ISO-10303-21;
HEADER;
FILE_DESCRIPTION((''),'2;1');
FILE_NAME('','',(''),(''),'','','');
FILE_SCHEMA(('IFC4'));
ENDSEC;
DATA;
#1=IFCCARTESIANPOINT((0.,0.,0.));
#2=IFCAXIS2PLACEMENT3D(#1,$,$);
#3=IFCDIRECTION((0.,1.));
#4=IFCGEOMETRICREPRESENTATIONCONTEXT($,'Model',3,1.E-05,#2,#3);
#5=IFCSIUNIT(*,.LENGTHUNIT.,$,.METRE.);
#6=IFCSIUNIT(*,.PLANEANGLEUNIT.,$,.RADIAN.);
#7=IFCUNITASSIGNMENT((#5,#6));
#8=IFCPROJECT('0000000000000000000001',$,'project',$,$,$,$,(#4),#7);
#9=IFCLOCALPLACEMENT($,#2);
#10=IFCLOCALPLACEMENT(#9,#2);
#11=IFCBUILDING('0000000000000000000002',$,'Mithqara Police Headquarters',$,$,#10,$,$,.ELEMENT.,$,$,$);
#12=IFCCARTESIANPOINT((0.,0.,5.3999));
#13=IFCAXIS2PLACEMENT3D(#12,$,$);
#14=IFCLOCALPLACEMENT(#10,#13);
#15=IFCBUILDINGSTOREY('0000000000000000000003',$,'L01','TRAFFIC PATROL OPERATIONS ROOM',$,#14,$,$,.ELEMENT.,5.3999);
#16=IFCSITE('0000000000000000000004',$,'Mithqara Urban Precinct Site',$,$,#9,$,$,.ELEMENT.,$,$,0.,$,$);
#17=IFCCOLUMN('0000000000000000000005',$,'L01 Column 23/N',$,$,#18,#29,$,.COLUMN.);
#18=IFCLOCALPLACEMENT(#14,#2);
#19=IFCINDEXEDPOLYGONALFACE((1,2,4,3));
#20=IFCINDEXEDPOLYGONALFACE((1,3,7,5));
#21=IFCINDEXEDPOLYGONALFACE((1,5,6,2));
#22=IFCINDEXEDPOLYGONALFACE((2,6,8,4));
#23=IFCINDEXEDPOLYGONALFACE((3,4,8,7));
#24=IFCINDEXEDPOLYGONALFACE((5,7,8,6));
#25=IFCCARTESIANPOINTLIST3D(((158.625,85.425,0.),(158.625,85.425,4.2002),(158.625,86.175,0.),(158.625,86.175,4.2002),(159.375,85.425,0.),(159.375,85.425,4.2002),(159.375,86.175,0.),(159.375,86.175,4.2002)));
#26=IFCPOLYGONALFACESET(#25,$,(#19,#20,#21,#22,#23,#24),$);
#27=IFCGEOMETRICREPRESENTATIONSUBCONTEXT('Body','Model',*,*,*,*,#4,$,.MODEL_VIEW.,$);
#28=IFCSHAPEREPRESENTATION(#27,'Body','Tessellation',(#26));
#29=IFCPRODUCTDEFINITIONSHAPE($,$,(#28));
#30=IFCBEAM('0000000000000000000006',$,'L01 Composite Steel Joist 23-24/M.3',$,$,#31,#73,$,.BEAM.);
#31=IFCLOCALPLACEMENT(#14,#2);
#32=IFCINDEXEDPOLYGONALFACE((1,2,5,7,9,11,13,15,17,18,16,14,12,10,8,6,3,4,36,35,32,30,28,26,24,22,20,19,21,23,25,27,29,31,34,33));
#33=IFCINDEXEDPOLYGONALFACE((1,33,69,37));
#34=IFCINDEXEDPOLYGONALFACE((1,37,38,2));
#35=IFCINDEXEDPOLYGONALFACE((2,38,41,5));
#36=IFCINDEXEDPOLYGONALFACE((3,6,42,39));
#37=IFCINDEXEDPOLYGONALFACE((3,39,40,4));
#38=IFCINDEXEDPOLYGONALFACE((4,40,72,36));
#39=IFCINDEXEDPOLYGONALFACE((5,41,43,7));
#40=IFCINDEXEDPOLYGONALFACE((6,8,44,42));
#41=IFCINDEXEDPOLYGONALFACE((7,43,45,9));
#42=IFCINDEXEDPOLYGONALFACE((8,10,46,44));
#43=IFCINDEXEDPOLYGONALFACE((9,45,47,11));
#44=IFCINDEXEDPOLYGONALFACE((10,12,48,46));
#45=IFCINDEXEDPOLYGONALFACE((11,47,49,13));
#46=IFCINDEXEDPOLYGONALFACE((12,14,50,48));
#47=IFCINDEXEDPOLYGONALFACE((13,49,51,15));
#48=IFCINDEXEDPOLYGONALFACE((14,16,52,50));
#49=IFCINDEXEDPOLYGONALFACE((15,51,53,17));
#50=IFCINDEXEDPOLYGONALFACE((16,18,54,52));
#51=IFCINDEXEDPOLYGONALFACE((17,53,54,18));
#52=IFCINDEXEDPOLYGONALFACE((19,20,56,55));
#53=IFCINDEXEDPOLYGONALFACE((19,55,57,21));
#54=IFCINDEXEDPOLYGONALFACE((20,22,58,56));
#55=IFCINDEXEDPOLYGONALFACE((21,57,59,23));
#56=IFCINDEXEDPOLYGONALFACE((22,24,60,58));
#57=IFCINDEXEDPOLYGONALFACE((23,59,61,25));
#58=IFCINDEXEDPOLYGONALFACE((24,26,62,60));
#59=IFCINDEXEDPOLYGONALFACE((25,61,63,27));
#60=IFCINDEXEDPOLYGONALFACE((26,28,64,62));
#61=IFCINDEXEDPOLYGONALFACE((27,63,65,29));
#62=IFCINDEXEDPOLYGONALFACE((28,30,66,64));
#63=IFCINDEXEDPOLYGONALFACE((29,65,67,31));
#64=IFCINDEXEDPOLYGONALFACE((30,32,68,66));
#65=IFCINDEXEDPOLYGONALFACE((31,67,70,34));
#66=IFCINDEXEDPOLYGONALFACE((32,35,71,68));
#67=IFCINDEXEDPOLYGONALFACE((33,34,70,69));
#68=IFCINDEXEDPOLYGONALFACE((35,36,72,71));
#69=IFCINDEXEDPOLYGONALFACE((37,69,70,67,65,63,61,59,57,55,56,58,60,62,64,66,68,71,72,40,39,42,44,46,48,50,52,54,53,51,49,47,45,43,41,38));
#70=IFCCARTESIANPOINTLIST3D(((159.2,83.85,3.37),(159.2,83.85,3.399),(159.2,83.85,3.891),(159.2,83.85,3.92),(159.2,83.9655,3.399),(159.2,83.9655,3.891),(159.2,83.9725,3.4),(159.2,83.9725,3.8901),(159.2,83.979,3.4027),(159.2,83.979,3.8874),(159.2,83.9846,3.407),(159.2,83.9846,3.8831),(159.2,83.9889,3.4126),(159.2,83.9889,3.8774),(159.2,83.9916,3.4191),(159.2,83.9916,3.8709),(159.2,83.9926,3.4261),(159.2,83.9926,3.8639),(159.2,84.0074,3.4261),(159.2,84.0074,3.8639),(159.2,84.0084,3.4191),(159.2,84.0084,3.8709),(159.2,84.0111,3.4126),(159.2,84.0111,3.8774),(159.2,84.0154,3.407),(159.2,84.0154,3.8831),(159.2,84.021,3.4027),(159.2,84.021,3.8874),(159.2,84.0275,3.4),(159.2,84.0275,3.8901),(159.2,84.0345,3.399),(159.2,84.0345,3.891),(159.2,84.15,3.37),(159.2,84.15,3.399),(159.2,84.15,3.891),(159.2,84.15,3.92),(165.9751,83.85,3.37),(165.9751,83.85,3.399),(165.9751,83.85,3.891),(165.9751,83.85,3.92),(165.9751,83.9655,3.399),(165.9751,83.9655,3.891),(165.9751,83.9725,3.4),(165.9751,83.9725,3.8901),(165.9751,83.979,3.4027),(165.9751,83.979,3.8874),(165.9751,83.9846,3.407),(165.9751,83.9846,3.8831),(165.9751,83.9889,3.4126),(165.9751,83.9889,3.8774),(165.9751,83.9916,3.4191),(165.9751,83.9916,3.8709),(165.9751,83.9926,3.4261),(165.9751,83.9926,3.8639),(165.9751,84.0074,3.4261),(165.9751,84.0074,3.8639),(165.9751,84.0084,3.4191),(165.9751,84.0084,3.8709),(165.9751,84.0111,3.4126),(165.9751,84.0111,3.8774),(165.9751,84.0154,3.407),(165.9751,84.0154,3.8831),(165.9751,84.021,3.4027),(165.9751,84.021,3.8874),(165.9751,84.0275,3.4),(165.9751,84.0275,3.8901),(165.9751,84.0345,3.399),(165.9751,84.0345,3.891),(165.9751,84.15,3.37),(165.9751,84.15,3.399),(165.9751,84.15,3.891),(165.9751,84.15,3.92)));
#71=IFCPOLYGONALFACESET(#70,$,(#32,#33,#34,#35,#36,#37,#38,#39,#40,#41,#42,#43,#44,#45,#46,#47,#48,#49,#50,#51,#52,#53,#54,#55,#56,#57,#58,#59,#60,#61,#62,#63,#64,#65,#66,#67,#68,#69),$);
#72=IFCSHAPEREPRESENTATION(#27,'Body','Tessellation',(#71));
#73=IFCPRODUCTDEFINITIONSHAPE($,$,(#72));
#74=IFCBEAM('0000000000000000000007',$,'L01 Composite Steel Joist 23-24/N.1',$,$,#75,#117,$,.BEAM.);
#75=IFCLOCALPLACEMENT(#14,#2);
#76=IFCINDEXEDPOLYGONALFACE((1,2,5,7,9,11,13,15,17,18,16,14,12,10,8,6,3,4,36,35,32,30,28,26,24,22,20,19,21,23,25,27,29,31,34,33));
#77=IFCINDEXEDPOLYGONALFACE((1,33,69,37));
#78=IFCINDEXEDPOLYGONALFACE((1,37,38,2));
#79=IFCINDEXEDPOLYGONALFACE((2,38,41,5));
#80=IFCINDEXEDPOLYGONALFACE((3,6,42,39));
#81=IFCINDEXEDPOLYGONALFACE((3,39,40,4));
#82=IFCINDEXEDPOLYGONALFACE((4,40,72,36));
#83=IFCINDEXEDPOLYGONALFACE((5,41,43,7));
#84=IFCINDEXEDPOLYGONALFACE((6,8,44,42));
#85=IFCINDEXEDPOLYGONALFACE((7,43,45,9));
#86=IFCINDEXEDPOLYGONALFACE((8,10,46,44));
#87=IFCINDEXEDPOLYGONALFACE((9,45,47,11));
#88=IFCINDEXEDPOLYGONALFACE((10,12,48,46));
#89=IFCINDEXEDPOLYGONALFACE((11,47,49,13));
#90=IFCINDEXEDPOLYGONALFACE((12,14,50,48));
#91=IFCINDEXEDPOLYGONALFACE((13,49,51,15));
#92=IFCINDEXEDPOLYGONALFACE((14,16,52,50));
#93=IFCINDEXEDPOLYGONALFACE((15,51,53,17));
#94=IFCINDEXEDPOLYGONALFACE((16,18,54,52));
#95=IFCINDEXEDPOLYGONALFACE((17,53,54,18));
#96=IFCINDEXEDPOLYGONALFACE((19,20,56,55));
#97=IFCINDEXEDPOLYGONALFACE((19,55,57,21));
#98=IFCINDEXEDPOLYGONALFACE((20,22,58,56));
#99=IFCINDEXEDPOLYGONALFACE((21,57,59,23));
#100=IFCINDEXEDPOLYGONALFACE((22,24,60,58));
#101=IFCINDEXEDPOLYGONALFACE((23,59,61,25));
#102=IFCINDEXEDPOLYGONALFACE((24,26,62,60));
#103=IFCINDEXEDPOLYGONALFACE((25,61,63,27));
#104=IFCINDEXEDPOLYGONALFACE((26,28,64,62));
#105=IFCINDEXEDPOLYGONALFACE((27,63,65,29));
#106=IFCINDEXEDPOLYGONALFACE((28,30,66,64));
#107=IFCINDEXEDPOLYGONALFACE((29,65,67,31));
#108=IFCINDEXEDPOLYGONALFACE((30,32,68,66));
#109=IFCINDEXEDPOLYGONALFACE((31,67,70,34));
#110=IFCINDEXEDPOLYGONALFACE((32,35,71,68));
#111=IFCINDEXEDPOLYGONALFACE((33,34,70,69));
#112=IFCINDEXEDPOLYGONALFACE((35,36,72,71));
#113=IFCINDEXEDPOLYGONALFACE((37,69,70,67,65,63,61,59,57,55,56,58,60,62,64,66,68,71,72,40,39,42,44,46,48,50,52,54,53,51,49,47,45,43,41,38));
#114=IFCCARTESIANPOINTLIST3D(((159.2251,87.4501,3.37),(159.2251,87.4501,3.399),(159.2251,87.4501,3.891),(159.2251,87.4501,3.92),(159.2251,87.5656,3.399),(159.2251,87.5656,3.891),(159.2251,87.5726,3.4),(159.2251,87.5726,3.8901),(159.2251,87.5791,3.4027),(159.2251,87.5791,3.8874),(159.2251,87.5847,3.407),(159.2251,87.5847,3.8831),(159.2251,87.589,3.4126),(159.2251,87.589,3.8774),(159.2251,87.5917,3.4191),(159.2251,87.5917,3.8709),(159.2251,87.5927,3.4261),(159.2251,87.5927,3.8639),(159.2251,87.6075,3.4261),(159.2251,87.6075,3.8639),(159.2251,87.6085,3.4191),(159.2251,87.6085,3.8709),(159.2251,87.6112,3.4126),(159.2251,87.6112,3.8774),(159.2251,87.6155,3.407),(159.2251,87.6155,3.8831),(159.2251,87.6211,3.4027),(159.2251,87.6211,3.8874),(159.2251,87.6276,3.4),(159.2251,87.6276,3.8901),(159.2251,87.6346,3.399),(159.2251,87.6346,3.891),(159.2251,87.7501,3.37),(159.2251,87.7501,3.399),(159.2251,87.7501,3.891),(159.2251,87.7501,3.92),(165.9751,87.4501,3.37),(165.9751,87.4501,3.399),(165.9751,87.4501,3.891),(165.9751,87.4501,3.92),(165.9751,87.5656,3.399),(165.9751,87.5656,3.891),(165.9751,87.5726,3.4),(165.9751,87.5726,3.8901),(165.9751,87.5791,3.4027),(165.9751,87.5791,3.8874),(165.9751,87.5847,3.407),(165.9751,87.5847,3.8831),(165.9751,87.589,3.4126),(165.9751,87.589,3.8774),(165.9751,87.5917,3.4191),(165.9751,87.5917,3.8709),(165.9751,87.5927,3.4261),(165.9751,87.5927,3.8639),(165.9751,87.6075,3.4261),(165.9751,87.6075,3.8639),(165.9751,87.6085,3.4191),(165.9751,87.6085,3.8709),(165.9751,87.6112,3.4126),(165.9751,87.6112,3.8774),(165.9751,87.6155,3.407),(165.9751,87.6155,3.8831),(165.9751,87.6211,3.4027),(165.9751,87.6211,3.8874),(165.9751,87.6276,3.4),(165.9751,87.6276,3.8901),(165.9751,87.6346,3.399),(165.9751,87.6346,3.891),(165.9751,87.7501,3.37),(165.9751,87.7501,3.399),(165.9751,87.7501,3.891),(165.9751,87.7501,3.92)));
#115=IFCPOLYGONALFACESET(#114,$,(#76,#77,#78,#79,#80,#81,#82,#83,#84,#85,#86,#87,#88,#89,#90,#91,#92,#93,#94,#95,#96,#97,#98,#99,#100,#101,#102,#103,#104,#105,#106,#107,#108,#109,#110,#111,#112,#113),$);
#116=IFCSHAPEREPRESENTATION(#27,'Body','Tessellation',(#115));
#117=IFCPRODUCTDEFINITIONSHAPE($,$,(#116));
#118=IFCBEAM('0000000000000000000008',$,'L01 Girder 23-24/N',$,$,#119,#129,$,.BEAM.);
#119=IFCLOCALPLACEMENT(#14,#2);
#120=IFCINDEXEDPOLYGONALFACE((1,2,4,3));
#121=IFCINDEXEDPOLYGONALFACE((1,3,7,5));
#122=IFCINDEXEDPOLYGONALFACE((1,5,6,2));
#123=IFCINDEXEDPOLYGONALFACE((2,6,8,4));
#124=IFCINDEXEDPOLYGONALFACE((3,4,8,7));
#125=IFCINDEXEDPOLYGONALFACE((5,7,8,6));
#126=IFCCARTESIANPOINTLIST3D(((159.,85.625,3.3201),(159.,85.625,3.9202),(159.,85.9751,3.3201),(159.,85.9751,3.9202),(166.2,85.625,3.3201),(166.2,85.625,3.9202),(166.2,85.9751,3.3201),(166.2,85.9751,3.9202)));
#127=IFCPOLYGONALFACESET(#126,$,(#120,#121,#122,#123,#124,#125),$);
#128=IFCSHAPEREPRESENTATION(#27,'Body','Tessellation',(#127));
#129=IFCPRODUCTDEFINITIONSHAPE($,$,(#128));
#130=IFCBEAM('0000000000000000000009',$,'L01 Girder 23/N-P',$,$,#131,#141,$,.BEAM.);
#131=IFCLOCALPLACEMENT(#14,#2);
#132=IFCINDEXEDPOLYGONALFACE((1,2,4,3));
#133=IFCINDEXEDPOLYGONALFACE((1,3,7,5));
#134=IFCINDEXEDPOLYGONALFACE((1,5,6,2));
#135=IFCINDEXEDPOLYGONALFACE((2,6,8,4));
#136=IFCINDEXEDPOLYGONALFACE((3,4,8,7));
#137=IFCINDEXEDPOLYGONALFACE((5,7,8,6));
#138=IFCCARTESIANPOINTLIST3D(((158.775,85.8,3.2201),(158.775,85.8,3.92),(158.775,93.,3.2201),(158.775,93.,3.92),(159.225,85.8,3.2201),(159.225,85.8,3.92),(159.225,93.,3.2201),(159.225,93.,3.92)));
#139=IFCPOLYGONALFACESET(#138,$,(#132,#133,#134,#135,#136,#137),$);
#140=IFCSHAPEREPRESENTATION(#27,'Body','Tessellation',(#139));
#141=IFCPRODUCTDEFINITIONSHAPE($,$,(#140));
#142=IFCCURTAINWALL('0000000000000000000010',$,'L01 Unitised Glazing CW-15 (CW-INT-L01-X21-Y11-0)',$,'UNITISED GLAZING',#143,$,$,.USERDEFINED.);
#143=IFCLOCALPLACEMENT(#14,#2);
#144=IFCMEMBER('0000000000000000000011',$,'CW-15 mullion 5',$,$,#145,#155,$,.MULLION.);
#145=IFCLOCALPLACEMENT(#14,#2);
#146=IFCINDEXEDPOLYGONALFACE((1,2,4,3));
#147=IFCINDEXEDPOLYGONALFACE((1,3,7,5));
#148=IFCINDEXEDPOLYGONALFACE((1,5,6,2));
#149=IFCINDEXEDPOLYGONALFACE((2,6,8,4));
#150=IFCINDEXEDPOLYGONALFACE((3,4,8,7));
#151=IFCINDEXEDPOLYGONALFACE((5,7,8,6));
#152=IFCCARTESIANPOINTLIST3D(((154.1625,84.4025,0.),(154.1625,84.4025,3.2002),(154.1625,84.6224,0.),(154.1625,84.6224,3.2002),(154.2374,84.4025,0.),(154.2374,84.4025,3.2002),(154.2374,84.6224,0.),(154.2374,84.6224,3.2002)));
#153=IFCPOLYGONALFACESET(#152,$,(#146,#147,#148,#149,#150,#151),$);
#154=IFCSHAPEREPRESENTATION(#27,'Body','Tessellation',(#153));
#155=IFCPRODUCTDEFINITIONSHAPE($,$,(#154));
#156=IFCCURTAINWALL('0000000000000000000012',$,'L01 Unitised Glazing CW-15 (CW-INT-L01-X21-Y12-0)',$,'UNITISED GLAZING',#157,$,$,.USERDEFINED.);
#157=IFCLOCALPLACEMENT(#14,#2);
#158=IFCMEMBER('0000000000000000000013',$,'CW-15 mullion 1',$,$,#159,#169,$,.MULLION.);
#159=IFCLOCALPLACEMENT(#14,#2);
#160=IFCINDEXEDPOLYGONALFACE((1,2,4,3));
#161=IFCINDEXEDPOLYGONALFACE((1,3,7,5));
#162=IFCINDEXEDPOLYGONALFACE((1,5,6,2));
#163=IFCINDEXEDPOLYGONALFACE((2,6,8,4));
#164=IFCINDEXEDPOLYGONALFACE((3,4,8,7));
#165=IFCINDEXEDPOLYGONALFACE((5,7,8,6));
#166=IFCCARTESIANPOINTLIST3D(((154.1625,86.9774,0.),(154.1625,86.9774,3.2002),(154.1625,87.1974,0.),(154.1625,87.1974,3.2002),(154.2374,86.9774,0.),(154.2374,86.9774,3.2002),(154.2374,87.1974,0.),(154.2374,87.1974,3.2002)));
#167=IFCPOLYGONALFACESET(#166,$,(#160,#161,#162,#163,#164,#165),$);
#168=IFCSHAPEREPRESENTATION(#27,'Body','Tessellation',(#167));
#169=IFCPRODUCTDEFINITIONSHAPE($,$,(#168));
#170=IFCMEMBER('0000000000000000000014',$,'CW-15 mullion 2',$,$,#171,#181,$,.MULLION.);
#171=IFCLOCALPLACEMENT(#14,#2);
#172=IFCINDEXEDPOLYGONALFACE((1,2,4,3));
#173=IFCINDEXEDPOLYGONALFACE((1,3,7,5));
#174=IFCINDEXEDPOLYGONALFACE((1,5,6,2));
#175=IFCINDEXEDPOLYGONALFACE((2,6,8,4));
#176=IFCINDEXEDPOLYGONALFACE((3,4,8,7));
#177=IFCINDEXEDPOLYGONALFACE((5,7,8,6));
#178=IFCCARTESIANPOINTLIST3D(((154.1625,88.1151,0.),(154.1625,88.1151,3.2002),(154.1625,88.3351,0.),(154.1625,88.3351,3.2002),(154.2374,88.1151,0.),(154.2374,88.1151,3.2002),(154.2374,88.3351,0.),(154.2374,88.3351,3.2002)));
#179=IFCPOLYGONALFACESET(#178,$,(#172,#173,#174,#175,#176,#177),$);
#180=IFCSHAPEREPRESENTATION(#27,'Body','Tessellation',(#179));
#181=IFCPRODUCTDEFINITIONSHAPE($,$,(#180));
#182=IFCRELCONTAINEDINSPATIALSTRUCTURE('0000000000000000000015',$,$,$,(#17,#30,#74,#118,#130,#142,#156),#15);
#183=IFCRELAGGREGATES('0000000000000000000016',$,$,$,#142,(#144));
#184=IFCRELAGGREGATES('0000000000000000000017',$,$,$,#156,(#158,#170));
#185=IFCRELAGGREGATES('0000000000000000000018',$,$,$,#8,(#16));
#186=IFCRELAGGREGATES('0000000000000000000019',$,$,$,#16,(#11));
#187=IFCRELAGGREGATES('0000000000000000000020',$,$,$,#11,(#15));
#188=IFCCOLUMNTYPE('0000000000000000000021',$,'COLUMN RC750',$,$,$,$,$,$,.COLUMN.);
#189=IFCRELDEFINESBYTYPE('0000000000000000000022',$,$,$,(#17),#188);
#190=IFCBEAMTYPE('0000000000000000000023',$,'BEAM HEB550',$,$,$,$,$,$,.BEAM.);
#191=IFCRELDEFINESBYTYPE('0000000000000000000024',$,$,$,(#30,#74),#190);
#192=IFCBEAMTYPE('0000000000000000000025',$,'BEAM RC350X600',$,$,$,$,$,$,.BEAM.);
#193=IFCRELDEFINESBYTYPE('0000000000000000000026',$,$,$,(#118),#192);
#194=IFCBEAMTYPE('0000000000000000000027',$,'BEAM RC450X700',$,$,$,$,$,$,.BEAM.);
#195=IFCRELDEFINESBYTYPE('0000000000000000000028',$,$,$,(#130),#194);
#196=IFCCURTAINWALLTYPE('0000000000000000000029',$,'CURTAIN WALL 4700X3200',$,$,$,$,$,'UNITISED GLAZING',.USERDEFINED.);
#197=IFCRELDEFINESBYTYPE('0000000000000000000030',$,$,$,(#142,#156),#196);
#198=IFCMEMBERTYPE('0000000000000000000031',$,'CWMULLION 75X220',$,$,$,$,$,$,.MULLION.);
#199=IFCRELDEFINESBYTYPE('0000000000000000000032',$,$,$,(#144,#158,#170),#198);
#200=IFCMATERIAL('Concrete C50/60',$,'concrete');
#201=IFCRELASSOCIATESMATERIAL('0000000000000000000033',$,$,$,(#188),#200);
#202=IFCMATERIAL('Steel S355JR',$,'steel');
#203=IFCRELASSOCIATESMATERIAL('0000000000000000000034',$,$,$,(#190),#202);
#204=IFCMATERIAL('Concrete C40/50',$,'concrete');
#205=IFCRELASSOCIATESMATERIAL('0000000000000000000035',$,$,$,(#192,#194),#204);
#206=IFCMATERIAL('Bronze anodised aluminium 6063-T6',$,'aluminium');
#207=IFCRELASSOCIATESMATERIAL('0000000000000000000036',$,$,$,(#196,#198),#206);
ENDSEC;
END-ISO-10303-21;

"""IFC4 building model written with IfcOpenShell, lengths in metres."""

from ifc_helpers import new_model, si_unit, direction, frame, origin, origin_2d, place, context, subcontext, project, spatial, rectangle, i_section, extrude, material, material_profile, profile_set, type_object, element, aggregate, save


model = new_model("IFC4")

# Units and contexts
model_context = context("Model", 3, precision=1e-05, world=origin(), true_north=direction((0.0, 1.0)))
body_context = subcontext(model_context, "Body", "Model", "MODEL_VIEW")
ifc_project = project(units=[si_unit("LENGTHUNIT", "METRE"), si_unit("PLANEANGLEUNIT", "RADIAN")], contexts=[model_context])

# Site, building, storey
site_placement = place(None, origin())
site = spatial("IfcSite", under=ifc_project, at=site_placement, Name="Mithqara Urban Precinct Site", CompositionType="ELEMENT", RefElevation=0.0)
building_placement = place(site_placement, origin())
building = spatial("IfcBuilding", under=site, at=building_placement, Name="Mithqara Police Headquarters", CompositionType="ELEMENT")
storey_placement = place(building_placement, frame((0.0, 0.0, 5.3999)))
storey = spatial("IfcBuildingStorey", under=building, at=storey_placement, Name="L01", Description="TRAFFIC PATROL OPERATIONS ROOM", CompositionType="ELEMENT", Elevation=5.3999)

# Column
ifc_material_1 = material(Name="Concrete C50/60", Category="concrete")
ifc_material_profile_1 = material_profile(ifc_material_1, rectangle(XDim=0.75, YDim=0.75, at=origin_2d()), Name="RC 750x750")
ifc_profile_set_1 = profile_set([ifc_material_profile_1], Name="Concrete C50/60")
column_type = type_object("IfcColumnType", Name="COLUMN RC750", PredefinedType="COLUMN", material=ifc_profile_set_1)
column_placement = place(storey_placement, frame((159.0, 85.8, 0.0), z_axis=(0.0, 0.0, 1.0), x_axis=(1.0, 0.0, 0.0)))
element("IfcColumn", 1, at=column_placement, inside=storey, type_object=column_type, Name="L01 Column 23/N", PredefinedType="COLUMN", context=body_context, shape_type="SweptSolid", body=[
    extrude(rectangle(XDim=0.75, YDim=0.75, at=origin_2d()), origin(), (0.0, 0.0, 1.0), 4.2002),
])

# Beams
ifc_material_2 = material(Name="Steel S355JR", Category="steel")
ifc_material_profile_2 = material_profile(ifc_material_2, i_section(OverallWidth=0.3, OverallDepth=0.55, WebThickness=0.0149, FlangeThickness=0.0291, FilletRadius=0.0271, at=origin_2d()), Name="HEB 550")
ifc_profile_set_2 = profile_set([ifc_material_profile_2], Name="Steel S355JR")
beam_type_1 = type_object("IfcBeamType", Name="BEAM HEB550", PredefinedType="BEAM", material=ifc_profile_set_2)
beam_1_placement = place(storey_placement, frame((159.2, 84.0, 3.645), z_axis=(1.0, 0.0, 0.0), x_axis=(0.0, 1.0, 0.0)))
element("IfcBeam", 2, at=beam_1_placement, inside=storey, type_object=beam_type_1, Name="L01 Composite Steel Joist 23-24/M.3", PredefinedType="BEAM", context=body_context, shape_type="SweptSolid", body=[
    extrude(i_section(OverallWidth=0.3, OverallDepth=0.55, WebThickness=0.0149, FlangeThickness=0.0291, FilletRadius=0.0271, at=origin_2d()), origin(), (0.0, 0.0, 1.0), 6.7751),
])
beam_2_placement = place(storey_placement, frame((159.2251, 87.6001, 3.645), z_axis=(1.0, 0.0, 0.0), x_axis=(0.0, 1.0, 0.0)))
element("IfcBeam", 3, at=beam_2_placement, inside=storey, type_object=beam_type_1, Name="L01 Composite Steel Joist 23-24/N.1", PredefinedType="BEAM", context=body_context, shape_type="SweptSolid", body=[
    extrude(i_section(OverallWidth=0.3, OverallDepth=0.55, WebThickness=0.0149, FlangeThickness=0.0291, FilletRadius=0.0271, at=origin_2d()), origin(), (0.0, 0.0, 1.0), 6.75),
])
ifc_material_3 = material(Name="Concrete C40/50", Category="concrete")
ifc_material_profile_3 = material_profile(ifc_material_3, rectangle(XDim=0.3501, YDim=0.6001, at=origin_2d()), Name="RC 350x600")
ifc_profile_set_3 = profile_set([ifc_material_profile_3], Name="Concrete C40/50")
beam_type_2 = type_object("IfcBeamType", Name="BEAM RC350X600", PredefinedType="BEAM", material=ifc_profile_set_3)
beam_3_placement = place(storey_placement, frame((159.0, 85.8, 3.6201), z_axis=(1.0, 0.0, 0.0), x_axis=(0.0, 1.0, 0.0)))
element("IfcBeam", 4, at=beam_3_placement, inside=storey, type_object=beam_type_2, Name="L01 Girder 23-24/N", PredefinedType="BEAM", context=body_context, shape_type="SweptSolid", body=[
    extrude(rectangle(XDim=0.3501, YDim=0.6001, at=origin_2d()), origin(), (0.0, 0.0, 1.0), 7.2),
])
ifc_material_profile_4 = material_profile(ifc_material_3, rectangle(XDim=0.45, YDim=0.7, at=origin_2d()), Name="RC 450x700")
ifc_profile_set_4 = profile_set([ifc_material_profile_4], Name="Concrete C40/50")
beam_type_3 = type_object("IfcBeamType", Name="BEAM RC450X700", PredefinedType="BEAM", material=ifc_profile_set_4)
beam_4_placement = place(storey_placement, frame((159.0, 85.8, 3.5701), z_axis=(0.0, 1.0, 0.0), x_axis=(-1.0, 0.0, 0.0)))
element("IfcBeam", 5, at=beam_4_placement, inside=storey, type_object=beam_type_3, Name="L01 Girder 23/N-P", PredefinedType="BEAM", context=body_context, shape_type="SweptSolid", body=[
    extrude(rectangle(XDim=0.45, YDim=0.7, at=origin_2d()), origin(), (0.0, 0.0, 1.0), 7.2),
])

# Curtain wall, member
ifc_material_4 = material(Name="Bronze anodised aluminium 6063-T6", Category="aluminium")
curtain_wall_type = type_object("IfcCurtainWallType", Name="CURTAIN WALL 4700X3200", ElementType="UNITISED GLAZING", PredefinedType="USERDEFINED", material=ifc_material_4)
curtain_wall_1_placement = place(storey_placement, origin())
curtain_wall_1 = element("IfcCurtainWall", 6, at=curtain_wall_1_placement, inside=storey, type_object=curtain_wall_type, Name="L01 Unitised Glazing CW-15 (CW-INT-L01-X21-Y11-0)", ObjectType="UNITISED GLAZING", PredefinedType="USERDEFINED")
ifc_material_profile_5 = material_profile(ifc_material_4, rectangle(XDim=0.075, YDim=0.22, at=origin_2d()), Name="CWM 75x220")
ifc_profile_set_5 = profile_set([ifc_material_profile_5], Name="Bronze anodised aluminium 6063-T6")
member_type_1 = type_object("IfcMemberType", Name="CWMULLION 75X220", PredefinedType="MULLION", material=ifc_profile_set_5)
member_1_placement = place(storey_placement, frame((154.2, 84.5125, 0.0), z_axis=(0.0, 0.0, 1.0), x_axis=(-1.0, 0.0, 0.0)))
member_1 = element("IfcMember", 7, at=member_1_placement, type_object=member_type_1, Name="CW-15 mullion 5", PredefinedType="MULLION", context=body_context, shape_type="SweptSolid", body=[
    extrude(rectangle(XDim=0.075, YDim=0.22, at=origin_2d()), origin(), (0.0, 0.0, 1.0), 3.2002),
])

# Curtain wall, members
curtain_wall_2_placement = place(storey_placement, origin())
curtain_wall_2 = element("IfcCurtainWall", 8, at=curtain_wall_2_placement, inside=storey, type_object=curtain_wall_type, Name="L01 Unitised Glazing CW-15 (CW-INT-L01-X21-Y12-0)", ObjectType="UNITISED GLAZING", PredefinedType="USERDEFINED")
member_2_placement = place(storey_placement, frame((154.2, 87.0874, 0.0), z_axis=(0.0, 0.0, 1.0), x_axis=(-1.0, 0.0, 0.0)))
member_2 = element("IfcMember", 9, at=member_2_placement, type_object=member_type_1, Name="CW-15 mullion 1", PredefinedType="MULLION", context=body_context, shape_type="SweptSolid", body=[
    extrude(rectangle(XDim=0.075, YDim=0.22, at=origin_2d()), origin(), (0.0, 0.0, 1.0), 3.2002),
])
member_3_placement = place(storey_placement, frame((154.2, 88.2251, 0.0), z_axis=(0.0, 0.0, 1.0), x_axis=(-1.0, 0.0, 0.0)))
member_3 = element("IfcMember", 10, at=member_3_placement, type_object=member_type_1, Name="CW-15 mullion 2", PredefinedType="MULLION", context=body_context, shape_type="SweptSolid", body=[
    extrude(rectangle(XDim=0.075, YDim=0.22, at=origin_2d()), origin(), (0.0, 0.0, 1.0), 3.2002),
])

aggregate(curtain_wall_1, [member_1])
aggregate(curtain_wall_2, [member_2, member_3])

save(model, "model.ifc")
